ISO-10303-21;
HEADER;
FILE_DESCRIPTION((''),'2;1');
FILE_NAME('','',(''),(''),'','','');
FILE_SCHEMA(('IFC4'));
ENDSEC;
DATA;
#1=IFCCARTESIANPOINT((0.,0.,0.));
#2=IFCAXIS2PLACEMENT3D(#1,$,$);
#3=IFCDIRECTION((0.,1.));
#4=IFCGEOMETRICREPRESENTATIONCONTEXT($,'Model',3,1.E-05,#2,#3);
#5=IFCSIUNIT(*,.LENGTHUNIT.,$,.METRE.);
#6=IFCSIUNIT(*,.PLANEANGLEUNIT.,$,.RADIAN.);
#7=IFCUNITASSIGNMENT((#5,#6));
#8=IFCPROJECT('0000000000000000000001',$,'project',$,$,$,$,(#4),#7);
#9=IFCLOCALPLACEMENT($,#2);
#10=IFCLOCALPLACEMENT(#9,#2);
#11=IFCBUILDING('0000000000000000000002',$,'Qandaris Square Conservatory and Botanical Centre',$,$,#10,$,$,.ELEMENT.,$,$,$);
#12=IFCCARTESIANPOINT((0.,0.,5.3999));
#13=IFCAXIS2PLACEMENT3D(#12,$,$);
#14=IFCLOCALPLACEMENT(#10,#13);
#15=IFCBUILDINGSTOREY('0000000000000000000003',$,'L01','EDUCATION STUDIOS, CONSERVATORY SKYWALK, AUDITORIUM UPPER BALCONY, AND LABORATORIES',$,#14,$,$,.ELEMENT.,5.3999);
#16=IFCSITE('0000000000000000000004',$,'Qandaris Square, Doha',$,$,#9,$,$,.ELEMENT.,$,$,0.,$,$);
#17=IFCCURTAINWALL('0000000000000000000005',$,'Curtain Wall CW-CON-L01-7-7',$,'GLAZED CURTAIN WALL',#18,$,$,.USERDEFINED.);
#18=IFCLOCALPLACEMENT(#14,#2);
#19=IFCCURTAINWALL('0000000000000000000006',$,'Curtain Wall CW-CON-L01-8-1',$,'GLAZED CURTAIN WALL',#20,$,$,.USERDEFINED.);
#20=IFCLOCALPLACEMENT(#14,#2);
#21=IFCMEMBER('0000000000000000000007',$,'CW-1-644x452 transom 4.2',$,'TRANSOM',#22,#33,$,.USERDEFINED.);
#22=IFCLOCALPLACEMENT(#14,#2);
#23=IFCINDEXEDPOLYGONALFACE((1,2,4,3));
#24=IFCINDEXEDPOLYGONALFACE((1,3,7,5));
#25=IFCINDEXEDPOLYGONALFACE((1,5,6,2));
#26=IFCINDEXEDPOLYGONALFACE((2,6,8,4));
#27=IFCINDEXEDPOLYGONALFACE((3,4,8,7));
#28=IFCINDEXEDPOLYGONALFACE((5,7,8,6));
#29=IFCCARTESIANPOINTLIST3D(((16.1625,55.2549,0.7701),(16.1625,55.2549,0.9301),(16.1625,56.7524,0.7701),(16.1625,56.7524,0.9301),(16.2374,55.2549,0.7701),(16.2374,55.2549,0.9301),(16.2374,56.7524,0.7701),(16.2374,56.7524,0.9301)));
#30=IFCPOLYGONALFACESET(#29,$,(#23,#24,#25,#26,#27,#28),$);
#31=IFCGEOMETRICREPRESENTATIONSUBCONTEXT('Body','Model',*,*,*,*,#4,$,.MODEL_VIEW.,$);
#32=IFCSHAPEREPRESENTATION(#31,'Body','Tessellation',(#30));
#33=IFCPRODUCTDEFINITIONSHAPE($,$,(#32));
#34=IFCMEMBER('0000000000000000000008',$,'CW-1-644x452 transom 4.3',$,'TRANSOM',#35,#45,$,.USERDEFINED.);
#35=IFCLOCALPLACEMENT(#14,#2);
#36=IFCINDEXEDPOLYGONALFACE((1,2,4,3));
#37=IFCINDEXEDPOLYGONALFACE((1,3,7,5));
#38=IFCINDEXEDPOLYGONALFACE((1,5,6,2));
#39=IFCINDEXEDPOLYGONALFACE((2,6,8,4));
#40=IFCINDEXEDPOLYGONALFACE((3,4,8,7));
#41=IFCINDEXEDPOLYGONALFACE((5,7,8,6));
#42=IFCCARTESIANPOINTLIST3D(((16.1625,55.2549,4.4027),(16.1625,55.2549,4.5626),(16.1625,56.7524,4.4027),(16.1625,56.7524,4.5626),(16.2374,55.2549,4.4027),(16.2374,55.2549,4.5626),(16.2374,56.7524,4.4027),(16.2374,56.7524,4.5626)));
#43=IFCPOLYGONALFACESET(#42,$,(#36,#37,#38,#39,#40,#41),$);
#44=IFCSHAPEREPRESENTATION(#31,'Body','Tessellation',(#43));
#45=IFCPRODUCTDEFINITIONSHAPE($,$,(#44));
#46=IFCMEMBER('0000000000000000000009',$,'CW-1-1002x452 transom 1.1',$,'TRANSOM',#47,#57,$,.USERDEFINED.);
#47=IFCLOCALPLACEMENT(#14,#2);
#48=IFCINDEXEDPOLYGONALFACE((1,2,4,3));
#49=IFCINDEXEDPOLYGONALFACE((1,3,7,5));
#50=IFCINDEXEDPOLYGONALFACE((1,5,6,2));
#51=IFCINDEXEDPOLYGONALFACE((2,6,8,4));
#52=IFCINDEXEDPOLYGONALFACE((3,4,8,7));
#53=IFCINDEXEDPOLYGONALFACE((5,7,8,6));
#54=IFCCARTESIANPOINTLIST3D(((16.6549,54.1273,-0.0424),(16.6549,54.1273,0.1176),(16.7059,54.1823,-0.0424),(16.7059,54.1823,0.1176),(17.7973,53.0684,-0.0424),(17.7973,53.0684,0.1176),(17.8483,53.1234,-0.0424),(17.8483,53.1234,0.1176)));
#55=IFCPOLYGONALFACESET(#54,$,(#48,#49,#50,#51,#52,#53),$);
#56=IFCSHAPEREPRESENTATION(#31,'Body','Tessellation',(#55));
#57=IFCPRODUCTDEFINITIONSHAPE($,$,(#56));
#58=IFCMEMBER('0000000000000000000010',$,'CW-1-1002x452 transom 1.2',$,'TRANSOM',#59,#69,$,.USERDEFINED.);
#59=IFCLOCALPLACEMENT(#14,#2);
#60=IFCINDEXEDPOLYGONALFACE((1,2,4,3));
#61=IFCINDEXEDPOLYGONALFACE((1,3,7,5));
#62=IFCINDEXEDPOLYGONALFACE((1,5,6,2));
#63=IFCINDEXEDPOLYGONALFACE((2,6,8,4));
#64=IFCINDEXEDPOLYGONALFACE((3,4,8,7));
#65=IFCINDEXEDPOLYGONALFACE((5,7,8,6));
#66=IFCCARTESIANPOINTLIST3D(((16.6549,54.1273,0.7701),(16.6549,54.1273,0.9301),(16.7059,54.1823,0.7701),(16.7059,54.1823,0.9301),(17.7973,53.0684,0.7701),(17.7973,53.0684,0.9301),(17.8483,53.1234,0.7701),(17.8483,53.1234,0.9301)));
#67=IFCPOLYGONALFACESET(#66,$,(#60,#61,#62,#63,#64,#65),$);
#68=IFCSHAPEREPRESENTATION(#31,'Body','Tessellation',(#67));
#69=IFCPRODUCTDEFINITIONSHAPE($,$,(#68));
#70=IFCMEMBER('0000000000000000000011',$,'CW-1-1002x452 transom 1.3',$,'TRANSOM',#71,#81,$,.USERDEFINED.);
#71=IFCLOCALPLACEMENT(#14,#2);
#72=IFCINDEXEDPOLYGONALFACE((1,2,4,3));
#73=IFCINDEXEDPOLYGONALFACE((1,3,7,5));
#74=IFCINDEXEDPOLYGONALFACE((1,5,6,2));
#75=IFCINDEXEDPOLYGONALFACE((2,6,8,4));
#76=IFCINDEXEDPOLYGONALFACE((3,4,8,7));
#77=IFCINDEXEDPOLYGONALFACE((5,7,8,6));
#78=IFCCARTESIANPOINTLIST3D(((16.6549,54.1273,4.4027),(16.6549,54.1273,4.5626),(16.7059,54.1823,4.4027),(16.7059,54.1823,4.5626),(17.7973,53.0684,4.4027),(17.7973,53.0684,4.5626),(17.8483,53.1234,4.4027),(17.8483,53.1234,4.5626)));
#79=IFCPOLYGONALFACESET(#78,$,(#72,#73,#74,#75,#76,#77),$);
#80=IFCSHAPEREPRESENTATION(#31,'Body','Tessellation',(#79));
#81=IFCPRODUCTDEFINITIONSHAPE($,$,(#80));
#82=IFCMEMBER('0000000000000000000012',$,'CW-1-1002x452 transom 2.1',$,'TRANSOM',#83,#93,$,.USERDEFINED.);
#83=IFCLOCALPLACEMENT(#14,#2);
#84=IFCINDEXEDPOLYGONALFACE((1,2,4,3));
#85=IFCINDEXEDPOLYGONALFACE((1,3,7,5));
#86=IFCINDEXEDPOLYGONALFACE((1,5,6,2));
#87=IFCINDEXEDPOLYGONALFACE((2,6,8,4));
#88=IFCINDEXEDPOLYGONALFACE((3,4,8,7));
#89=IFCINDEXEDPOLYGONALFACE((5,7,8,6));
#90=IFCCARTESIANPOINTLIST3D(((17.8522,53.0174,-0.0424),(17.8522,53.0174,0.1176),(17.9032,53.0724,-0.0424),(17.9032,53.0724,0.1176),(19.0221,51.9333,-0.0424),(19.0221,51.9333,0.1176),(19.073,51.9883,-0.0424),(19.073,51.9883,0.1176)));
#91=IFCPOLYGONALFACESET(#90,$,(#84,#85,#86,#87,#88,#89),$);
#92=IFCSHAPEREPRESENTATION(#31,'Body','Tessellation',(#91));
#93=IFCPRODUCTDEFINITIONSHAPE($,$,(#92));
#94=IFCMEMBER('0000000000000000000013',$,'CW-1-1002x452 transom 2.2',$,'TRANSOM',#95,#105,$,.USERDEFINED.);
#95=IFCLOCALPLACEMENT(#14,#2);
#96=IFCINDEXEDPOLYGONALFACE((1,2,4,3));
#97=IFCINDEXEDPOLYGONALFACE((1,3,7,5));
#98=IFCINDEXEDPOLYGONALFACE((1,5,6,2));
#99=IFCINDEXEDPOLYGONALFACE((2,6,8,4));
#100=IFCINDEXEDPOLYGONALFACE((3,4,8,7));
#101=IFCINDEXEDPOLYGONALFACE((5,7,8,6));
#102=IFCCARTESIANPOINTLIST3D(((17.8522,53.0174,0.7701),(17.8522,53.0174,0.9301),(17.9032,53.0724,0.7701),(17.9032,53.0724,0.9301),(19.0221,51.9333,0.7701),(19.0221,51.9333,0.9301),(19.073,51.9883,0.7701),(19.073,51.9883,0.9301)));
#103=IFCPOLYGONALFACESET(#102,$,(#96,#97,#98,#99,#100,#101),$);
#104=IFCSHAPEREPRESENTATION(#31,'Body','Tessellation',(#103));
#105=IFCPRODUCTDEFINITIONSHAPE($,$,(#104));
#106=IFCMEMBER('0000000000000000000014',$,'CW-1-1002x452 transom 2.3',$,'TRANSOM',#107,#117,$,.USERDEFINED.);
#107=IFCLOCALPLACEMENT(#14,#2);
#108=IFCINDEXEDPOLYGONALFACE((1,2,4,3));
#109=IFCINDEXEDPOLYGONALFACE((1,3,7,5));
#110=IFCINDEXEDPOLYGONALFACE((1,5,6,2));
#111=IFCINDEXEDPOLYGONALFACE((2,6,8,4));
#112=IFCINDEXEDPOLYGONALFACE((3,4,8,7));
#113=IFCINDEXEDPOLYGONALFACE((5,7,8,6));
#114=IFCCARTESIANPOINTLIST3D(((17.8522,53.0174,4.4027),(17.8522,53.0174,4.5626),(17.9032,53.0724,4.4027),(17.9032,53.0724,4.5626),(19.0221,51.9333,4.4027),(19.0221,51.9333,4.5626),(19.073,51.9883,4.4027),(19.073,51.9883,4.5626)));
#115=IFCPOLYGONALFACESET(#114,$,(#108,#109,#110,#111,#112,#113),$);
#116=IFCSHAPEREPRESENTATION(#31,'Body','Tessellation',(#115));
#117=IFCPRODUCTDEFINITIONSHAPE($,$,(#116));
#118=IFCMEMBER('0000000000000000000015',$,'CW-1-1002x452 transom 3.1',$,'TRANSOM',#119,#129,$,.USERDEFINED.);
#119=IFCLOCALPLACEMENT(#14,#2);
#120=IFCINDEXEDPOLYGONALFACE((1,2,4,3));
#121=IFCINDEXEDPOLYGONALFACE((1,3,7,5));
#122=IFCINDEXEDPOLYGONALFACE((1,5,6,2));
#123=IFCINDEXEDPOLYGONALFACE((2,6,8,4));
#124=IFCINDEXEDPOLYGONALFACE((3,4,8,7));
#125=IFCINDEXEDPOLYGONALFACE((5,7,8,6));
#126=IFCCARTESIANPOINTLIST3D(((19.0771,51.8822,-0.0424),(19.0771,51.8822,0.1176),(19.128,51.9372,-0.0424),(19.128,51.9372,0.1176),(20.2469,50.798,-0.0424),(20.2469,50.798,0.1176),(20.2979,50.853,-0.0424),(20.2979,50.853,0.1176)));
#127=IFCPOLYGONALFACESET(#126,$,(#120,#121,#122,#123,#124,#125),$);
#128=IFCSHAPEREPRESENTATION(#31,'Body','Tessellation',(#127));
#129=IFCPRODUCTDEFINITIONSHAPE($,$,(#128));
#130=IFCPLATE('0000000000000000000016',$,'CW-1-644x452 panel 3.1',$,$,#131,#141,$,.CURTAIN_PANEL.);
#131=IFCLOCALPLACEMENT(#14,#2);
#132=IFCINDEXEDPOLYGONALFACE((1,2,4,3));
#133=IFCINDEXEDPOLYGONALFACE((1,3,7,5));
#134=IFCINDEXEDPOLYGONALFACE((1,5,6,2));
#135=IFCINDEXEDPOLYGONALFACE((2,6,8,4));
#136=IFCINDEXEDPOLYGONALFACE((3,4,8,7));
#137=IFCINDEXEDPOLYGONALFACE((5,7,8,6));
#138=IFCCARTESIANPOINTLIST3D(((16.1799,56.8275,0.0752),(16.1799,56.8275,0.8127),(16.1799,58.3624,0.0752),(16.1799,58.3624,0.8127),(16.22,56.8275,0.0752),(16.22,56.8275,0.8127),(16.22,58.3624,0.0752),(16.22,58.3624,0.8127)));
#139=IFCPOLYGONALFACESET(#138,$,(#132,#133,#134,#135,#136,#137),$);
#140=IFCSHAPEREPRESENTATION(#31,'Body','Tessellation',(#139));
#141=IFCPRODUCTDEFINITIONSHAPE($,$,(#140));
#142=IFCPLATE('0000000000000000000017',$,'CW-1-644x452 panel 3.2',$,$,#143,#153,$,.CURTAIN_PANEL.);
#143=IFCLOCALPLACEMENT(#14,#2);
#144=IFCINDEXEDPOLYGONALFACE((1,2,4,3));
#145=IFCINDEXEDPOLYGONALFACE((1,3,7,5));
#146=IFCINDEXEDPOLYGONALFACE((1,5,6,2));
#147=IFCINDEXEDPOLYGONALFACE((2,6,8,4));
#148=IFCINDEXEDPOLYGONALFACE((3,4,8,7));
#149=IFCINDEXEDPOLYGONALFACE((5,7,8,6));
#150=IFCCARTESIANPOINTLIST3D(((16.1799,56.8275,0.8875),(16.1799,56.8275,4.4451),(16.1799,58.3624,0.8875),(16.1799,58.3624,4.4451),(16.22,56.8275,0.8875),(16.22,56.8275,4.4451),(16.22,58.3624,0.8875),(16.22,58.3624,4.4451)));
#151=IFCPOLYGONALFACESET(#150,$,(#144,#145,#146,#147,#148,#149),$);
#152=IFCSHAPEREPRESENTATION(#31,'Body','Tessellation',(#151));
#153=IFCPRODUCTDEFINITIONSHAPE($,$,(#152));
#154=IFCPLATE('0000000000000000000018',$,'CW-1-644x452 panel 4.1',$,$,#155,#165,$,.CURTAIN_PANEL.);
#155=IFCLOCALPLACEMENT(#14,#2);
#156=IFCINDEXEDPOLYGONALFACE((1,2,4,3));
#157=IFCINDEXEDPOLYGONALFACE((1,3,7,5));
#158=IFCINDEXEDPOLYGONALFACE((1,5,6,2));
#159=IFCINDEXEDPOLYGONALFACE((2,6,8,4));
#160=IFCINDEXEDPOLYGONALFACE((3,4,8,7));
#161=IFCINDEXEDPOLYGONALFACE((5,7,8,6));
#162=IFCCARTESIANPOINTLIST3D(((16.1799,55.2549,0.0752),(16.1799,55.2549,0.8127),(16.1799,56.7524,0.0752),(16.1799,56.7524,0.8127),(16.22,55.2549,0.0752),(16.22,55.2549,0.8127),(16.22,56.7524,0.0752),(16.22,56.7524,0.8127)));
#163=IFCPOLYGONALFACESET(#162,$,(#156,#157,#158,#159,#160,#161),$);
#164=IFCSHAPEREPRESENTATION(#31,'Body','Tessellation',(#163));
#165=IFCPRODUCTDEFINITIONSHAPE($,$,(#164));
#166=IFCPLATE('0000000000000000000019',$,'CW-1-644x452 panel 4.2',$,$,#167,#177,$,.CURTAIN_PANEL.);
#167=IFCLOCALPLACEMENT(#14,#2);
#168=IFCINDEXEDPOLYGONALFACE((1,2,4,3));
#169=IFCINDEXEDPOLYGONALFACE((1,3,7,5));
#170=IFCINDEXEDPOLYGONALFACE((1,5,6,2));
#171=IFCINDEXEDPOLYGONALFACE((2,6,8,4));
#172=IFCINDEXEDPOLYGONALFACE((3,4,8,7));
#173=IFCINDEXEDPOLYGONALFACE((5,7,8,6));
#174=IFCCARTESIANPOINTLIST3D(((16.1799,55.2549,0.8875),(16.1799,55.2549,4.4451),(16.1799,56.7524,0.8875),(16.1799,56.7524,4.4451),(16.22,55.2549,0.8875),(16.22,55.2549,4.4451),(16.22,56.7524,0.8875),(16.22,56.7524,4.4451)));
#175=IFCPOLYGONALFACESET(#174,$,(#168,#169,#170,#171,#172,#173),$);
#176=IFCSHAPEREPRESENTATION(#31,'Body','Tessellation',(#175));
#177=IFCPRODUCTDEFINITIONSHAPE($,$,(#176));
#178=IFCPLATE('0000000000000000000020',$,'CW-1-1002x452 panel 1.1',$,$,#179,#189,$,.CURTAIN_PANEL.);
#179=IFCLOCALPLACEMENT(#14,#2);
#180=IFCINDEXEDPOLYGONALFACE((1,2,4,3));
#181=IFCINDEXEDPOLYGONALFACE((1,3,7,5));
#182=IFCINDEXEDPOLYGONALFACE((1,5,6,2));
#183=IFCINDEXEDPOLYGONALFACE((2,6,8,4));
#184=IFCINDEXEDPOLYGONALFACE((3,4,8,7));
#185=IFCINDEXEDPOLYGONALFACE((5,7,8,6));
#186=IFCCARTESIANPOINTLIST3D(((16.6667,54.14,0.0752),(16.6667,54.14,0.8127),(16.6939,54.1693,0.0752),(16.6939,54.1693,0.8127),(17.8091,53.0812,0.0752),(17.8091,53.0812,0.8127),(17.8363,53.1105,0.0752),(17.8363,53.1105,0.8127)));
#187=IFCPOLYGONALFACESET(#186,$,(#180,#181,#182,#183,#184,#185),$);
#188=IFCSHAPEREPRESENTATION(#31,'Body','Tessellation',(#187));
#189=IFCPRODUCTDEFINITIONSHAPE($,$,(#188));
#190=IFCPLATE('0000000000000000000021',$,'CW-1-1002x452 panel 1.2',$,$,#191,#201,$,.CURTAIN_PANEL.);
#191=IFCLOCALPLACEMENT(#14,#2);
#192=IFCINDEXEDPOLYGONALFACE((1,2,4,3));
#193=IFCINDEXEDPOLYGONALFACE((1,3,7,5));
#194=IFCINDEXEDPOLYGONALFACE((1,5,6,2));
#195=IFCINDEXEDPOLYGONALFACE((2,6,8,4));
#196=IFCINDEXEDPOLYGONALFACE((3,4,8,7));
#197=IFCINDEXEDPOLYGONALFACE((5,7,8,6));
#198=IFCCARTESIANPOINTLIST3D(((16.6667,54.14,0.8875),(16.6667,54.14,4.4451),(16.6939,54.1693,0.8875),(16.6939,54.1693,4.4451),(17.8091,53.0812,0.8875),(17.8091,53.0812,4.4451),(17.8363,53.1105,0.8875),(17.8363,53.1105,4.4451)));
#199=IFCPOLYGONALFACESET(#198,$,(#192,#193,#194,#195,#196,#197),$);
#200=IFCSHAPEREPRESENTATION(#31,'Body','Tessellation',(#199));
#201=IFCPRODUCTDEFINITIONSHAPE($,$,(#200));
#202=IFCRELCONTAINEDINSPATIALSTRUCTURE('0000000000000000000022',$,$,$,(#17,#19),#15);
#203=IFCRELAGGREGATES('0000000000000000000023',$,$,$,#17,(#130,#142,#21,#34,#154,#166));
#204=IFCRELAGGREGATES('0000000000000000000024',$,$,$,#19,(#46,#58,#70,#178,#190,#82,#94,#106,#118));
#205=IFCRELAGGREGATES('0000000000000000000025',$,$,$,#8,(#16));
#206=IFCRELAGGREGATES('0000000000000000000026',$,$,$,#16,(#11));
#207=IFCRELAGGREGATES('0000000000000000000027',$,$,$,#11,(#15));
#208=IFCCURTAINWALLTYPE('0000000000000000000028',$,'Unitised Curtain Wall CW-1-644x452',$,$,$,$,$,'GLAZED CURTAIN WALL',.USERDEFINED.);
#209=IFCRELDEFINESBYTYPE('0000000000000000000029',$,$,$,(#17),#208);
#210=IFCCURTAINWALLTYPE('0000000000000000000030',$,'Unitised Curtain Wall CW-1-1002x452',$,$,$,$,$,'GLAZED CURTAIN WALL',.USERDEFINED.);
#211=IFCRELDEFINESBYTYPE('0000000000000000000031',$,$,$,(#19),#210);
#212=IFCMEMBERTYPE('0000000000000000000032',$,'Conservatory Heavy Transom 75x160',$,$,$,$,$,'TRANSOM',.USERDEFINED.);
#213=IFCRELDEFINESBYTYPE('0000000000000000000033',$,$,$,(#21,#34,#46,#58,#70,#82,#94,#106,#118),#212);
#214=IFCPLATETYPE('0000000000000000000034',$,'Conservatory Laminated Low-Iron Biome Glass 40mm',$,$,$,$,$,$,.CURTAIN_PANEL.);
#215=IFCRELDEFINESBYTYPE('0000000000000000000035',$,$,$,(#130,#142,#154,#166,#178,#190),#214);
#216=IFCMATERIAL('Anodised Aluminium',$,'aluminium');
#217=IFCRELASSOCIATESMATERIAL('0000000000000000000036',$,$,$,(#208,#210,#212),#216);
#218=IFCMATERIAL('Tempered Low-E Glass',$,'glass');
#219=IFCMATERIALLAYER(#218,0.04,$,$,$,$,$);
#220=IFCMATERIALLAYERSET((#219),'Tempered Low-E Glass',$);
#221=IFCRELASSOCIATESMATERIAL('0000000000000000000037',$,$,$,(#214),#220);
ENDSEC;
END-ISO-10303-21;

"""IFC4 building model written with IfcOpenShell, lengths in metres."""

from ifc_helpers import new_model, si_unit, direction, frame, origin, origin_2d, place, context, subcontext, project, spatial, rectangle, extrude, material, layer, layer_set, material_profile, profile_set, type_object, element, aggregate, save


model = new_model("IFC4")

# Units and contexts
model_context = context("Model", 3, precision=1e-05, world=origin(), true_north=direction((0.0, 1.0)))
body_context = subcontext(model_context, "Body", "Model", "MODEL_VIEW")
ifc_project = project(units=[si_unit("LENGTHUNIT", "METRE"), si_unit("PLANEANGLEUNIT", "RADIAN")], contexts=[model_context])

# Site, building, storey
site_placement = place(None, origin())
site = spatial("IfcSite", under=ifc_project, at=site_placement, Name="Qandaris Square, Doha", CompositionType="ELEMENT", RefElevation=0.0)
building_placement = place(site_placement, origin())
building = spatial("IfcBuilding", under=site, at=building_placement, Name="Qandaris Square Conservatory and Botanical Centre", CompositionType="ELEMENT")
storey_placement = place(building_placement, frame((0.0, 0.0, 5.3999)))
storey = spatial("IfcBuildingStorey", under=building, at=storey_placement, Name="L01", Description="EDUCATION STUDIOS, CONSERVATORY SKYWALK, AUDITORIUM UPPER BALCONY, AND LABORATORIES", CompositionType="ELEMENT", Elevation=5.3999)

# Curtain walls
ifc_material_1 = material(Name="Anodised Aluminium", Category="aluminium")
curtain_wall_type_1 = type_object("IfcCurtainWallType", Name="Unitised Curtain Wall CW-1-644x452", ElementType="GLAZED CURTAIN WALL", PredefinedType="USERDEFINED", material=ifc_material_1)
curtain_wall_1_placement = place(storey_placement, origin())
curtain_wall_1 = element("IfcCurtainWall", 1, at=curtain_wall_1_placement, inside=storey, type_object=curtain_wall_type_1, Name="Curtain Wall CW-CON-L01-7-7", ObjectType="GLAZED CURTAIN WALL", PredefinedType="USERDEFINED")
curtain_wall_type_2 = type_object("IfcCurtainWallType", Name="Unitised Curtain Wall CW-1-1002x452", ElementType="GLAZED CURTAIN WALL", PredefinedType="USERDEFINED", material=ifc_material_1)
curtain_wall_2_placement = place(storey_placement, origin())
curtain_wall_2 = element("IfcCurtainWall", 2, at=curtain_wall_2_placement, inside=storey, type_object=curtain_wall_type_2, Name="Curtain Wall CW-CON-L01-8-1", ObjectType="GLAZED CURTAIN WALL", PredefinedType="USERDEFINED")

# Members
ifc_material_profile_1 = material_profile(ifc_material_1, rectangle(XDim=0.075, YDim=0.1599, at=origin_2d()), Name="ALU-TRN 75x160")
ifc_profile_set_1 = profile_set([ifc_material_profile_1], Name="Anodised Aluminium")
member_type_1 = type_object("IfcMemberType", Name="Conservatory Heavy Transom 75x160", ElementType="TRANSOM", PredefinedType="USERDEFINED", material=ifc_profile_set_1)
member_1_placement = place(storey_placement, frame((16.2, 56.7524, 0.8501), z_axis=(0.0, -1.0, 0.0), x_axis=(1.0, 0.0, 0.0)))
member_1 = element("IfcMember", 3, at=member_1_placement, type_object=member_type_1, Name="CW-1-644x452 transom 4.2", ObjectType="TRANSOM", PredefinedType="USERDEFINED", context=body_context, shape_type="SweptSolid", body=[
    extrude(rectangle(XDim=0.075, YDim=0.1599, at=origin_2d()), origin(), (0.0, 0.0, 1.0), 1.4976),
])
member_2_placement = place(storey_placement, frame((16.2, 56.7524, 4.4827), z_axis=(0.0, -1.0, 0.0), x_axis=(1.0, 0.0, 0.0)))
member_2 = element("IfcMember", 4, at=member_2_placement, type_object=member_type_1, Name="CW-1-644x452 transom 4.3", ObjectType="TRANSOM", PredefinedType="USERDEFINED", context=body_context, shape_type="SweptSolid", body=[
    extrude(rectangle(XDim=0.075, YDim=0.1599, at=origin_2d()), origin(), (0.0, 0.0, 1.0), 1.4976),
])
member_3_placement = place(storey_placement, frame((16.6804, 54.1548, 0.0376), z_axis=(0.733402, -0.679796, 0.0), x_axis=(0.679796, 0.733402, 0.0)))
member_3 = element("IfcMember", 5, at=member_3_placement, type_object=member_type_1, Name="CW-1-1002x452 transom 1.1", ObjectType="TRANSOM", PredefinedType="USERDEFINED", context=body_context, shape_type="SweptSolid", body=[
    extrude(rectangle(XDim=0.075, YDim=0.1599, at=origin_2d()), origin(), (0.0, 0.0, 1.0), 1.5576),
])
member_4_placement = place(storey_placement, frame((16.6804, 54.1548, 0.8501), z_axis=(0.733402, -0.679796, 0.0), x_axis=(0.679796, 0.733402, 0.0)))
member_4 = element("IfcMember", 6, at=member_4_placement, type_object=member_type_1, Name="CW-1-1002x452 transom 1.2", ObjectType="TRANSOM", PredefinedType="USERDEFINED", context=body_context, shape_type="SweptSolid", body=[
    extrude(rectangle(XDim=0.075, YDim=0.1599, at=origin_2d()), origin(), (0.0, 0.0, 1.0), 1.5576),
])
member_5_placement = place(storey_placement, frame((16.6804, 54.1548, 4.4827), z_axis=(0.733402, -0.679796, 0.0), x_axis=(0.679796, 0.733402, 0.0)))
member_5 = element("IfcMember", 7, at=member_5_placement, type_object=member_type_1, Name="CW-1-1002x452 transom 1.3", ObjectType="TRANSOM", PredefinedType="USERDEFINED", context=body_context, shape_type="SweptSolid", body=[
    extrude(rectangle(XDim=0.075, YDim=0.1599, at=origin_2d()), origin(), (0.0, 0.0, 1.0), 1.5576),
])
member_6_placement = place(storey_placement, frame((17.8777, 53.0449, 0.0376), z_axis=(0.733458, -0.679735, 0.0), x_axis=(0.679735, 0.733458, 0.0)))
member_6 = element("IfcMember", 8, at=member_6_placement, type_object=member_type_1, Name="CW-1-1002x452 transom 2.1", ObjectType="TRANSOM", PredefinedType="USERDEFINED", context=body_context, shape_type="SweptSolid", body=[
    extrude(rectangle(XDim=0.075, YDim=0.1599, at=origin_2d()), origin(), (0.0, 0.0, 1.0), 1.595),
])
member_7_placement = place(storey_placement, frame((17.8777, 53.0449, 0.8501), z_axis=(0.733458, -0.679735, 0.0), x_axis=(0.679735, 0.733458, 0.0)))
member_7 = element("IfcMember", 9, at=member_7_placement, type_object=member_type_1, Name="CW-1-1002x452 transom 2.2", ObjectType="TRANSOM", PredefinedType="USERDEFINED", context=body_context, shape_type="SweptSolid", body=[
    extrude(rectangle(XDim=0.075, YDim=0.1599, at=origin_2d()), origin(), (0.0, 0.0, 1.0), 1.595),
])
member_8_placement = place(storey_placement, frame((17.8777, 53.0449, 4.4827), z_axis=(0.733458, -0.679735, 0.0), x_axis=(0.679735, 0.733458, 0.0)))
member_8 = element("IfcMember", 10, at=member_8_placement, type_object=member_type_1, Name="CW-1-1002x452 transom 2.3", ObjectType="TRANSOM", PredefinedType="USERDEFINED", context=body_context, shape_type="SweptSolid", body=[
    extrude(rectangle(XDim=0.075, YDim=0.1599, at=origin_2d()), origin(), (0.0, 0.0, 1.0), 1.595),
])
member_9_placement = place(storey_placement, frame((19.1025, 51.9097, 0.0376), z_axis=(0.733458, -0.679735, 0.0), x_axis=(0.679735, 0.733458, 0.0)))
member_9 = element("IfcMember", 11, at=member_9_placement, type_object=member_type_1, Name="CW-1-1002x452 transom 3.1", ObjectType="TRANSOM", PredefinedType="USERDEFINED", context=body_context, shape_type="SweptSolid", body=[
    extrude(rectangle(XDim=0.075, YDim=0.1599, at=origin_2d()), origin(), (0.0, 0.0, 1.0), 1.595),
])

# Plates
ifc_material_2 = material(Name="Tempered Low-E Glass", Category="glass")
ifc_layer = layer(ifc_material_2, 0.04)
ifc_layer_set = layer_set([ifc_layer], Name="Tempered Low-E Glass")
plate_type = type_object("IfcPlateType", Name="Conservatory Laminated Low-Iron Biome Glass 40mm", PredefinedType="CURTAIN_PANEL", material=ifc_layer_set)
plate_1_placement = place(storey_placement, frame((16.2, 57.595, 0.0752), z_axis=(0.0, 0.0, 1.0), x_axis=(0.0, -1.0, 0.0)))
plate_1 = element("IfcPlate", 12, at=plate_1_placement, type_object=plate_type, Name="CW-1-644x452 panel 3.1", PredefinedType="CURTAIN_PANEL", context=body_context, shape_type="SweptSolid", body=[
    extrude(rectangle(XDim=1.5349, YDim=0.04, at=origin_2d()), origin(), (0.0, 0.0, 1.0), 0.7375),
])
plate_2_placement = place(storey_placement, frame((16.2, 57.595, 0.8875), z_axis=(0.0, 0.0, 1.0), x_axis=(0.0, -1.0, 0.0)))
plate_2 = element("IfcPlate", 13, at=plate_2_placement, type_object=plate_type, Name="CW-1-644x452 panel 3.2", PredefinedType="CURTAIN_PANEL", context=body_context, shape_type="SweptSolid", body=[
    extrude(rectangle(XDim=1.5349, YDim=0.04, at=origin_2d()), origin(), (0.0, 0.0, 1.0), 3.5576),
])
plate_3_placement = place(storey_placement, frame((16.2, 56.0037, 0.0752), z_axis=(0.0, 0.0, 1.0), x_axis=(0.0, -1.0, 0.0)))
plate_3 = element("IfcPlate", 14, at=plate_3_placement, type_object=plate_type, Name="CW-1-644x452 panel 4.1", PredefinedType="CURTAIN_PANEL", context=body_context, shape_type="SweptSolid", body=[
    extrude(rectangle(XDim=1.4976, YDim=0.04, at=origin_2d()), origin(), (0.0, 0.0, 1.0), 0.7375),
])
plate_4_placement = place(storey_placement, frame((16.2, 56.0037, 0.8875), z_axis=(0.0, 0.0, 1.0), x_axis=(0.0, -1.0, 0.0)))
plate_4 = element("IfcPlate", 15, at=plate_4_placement, type_object=plate_type, Name="CW-1-644x452 panel 4.2", PredefinedType="CURTAIN_PANEL", context=body_context, shape_type="SweptSolid", body=[
    extrude(rectangle(XDim=1.4976, YDim=0.04, at=origin_2d()), origin(), (0.0, 0.0, 1.0), 3.5576),
])
aggregate(curtain_wall_1, [plate_1, plate_2, member_1, member_2, plate_3, plate_4])
plate_5_placement = place(storey_placement, frame((17.2515, 53.6252, 0.0752), z_axis=(0.0, 0.0, 1.0), x_axis=(0.733433, -0.679762, 0.0)))
plate_5 = element("IfcPlate", 16, at=plate_5_placement, type_object=plate_type, Name="CW-1-1002x452 panel 1.1", PredefinedType="CURTAIN_PANEL", context=body_context, shape_type="SweptSolid", body=[
    extrude(rectangle(XDim=1.5576, YDim=0.04, at=origin_2d()), origin(), (0.0, 0.0, 1.0), 0.7375),
])
plate_6_placement = place(storey_placement, frame((17.2515, 53.6252, 0.8875), z_axis=(0.0, 0.0, 1.0), x_axis=(0.733433, -0.679762, 0.0)))
plate_6 = element("IfcPlate", 17, at=plate_6_placement, type_object=plate_type, Name="CW-1-1002x452 panel 1.2", PredefinedType="CURTAIN_PANEL", context=body_context, shape_type="SweptSolid", body=[
    extrude(rectangle(XDim=1.5576, YDim=0.04, at=origin_2d()), origin(), (0.0, 0.0, 1.0), 3.5576),
])
aggregate(curtain_wall_2, [member_3, member_4, member_5, plate_5, plate_6, member_6, member_7, member_8, member_9])

save(model, "model.ifc")
